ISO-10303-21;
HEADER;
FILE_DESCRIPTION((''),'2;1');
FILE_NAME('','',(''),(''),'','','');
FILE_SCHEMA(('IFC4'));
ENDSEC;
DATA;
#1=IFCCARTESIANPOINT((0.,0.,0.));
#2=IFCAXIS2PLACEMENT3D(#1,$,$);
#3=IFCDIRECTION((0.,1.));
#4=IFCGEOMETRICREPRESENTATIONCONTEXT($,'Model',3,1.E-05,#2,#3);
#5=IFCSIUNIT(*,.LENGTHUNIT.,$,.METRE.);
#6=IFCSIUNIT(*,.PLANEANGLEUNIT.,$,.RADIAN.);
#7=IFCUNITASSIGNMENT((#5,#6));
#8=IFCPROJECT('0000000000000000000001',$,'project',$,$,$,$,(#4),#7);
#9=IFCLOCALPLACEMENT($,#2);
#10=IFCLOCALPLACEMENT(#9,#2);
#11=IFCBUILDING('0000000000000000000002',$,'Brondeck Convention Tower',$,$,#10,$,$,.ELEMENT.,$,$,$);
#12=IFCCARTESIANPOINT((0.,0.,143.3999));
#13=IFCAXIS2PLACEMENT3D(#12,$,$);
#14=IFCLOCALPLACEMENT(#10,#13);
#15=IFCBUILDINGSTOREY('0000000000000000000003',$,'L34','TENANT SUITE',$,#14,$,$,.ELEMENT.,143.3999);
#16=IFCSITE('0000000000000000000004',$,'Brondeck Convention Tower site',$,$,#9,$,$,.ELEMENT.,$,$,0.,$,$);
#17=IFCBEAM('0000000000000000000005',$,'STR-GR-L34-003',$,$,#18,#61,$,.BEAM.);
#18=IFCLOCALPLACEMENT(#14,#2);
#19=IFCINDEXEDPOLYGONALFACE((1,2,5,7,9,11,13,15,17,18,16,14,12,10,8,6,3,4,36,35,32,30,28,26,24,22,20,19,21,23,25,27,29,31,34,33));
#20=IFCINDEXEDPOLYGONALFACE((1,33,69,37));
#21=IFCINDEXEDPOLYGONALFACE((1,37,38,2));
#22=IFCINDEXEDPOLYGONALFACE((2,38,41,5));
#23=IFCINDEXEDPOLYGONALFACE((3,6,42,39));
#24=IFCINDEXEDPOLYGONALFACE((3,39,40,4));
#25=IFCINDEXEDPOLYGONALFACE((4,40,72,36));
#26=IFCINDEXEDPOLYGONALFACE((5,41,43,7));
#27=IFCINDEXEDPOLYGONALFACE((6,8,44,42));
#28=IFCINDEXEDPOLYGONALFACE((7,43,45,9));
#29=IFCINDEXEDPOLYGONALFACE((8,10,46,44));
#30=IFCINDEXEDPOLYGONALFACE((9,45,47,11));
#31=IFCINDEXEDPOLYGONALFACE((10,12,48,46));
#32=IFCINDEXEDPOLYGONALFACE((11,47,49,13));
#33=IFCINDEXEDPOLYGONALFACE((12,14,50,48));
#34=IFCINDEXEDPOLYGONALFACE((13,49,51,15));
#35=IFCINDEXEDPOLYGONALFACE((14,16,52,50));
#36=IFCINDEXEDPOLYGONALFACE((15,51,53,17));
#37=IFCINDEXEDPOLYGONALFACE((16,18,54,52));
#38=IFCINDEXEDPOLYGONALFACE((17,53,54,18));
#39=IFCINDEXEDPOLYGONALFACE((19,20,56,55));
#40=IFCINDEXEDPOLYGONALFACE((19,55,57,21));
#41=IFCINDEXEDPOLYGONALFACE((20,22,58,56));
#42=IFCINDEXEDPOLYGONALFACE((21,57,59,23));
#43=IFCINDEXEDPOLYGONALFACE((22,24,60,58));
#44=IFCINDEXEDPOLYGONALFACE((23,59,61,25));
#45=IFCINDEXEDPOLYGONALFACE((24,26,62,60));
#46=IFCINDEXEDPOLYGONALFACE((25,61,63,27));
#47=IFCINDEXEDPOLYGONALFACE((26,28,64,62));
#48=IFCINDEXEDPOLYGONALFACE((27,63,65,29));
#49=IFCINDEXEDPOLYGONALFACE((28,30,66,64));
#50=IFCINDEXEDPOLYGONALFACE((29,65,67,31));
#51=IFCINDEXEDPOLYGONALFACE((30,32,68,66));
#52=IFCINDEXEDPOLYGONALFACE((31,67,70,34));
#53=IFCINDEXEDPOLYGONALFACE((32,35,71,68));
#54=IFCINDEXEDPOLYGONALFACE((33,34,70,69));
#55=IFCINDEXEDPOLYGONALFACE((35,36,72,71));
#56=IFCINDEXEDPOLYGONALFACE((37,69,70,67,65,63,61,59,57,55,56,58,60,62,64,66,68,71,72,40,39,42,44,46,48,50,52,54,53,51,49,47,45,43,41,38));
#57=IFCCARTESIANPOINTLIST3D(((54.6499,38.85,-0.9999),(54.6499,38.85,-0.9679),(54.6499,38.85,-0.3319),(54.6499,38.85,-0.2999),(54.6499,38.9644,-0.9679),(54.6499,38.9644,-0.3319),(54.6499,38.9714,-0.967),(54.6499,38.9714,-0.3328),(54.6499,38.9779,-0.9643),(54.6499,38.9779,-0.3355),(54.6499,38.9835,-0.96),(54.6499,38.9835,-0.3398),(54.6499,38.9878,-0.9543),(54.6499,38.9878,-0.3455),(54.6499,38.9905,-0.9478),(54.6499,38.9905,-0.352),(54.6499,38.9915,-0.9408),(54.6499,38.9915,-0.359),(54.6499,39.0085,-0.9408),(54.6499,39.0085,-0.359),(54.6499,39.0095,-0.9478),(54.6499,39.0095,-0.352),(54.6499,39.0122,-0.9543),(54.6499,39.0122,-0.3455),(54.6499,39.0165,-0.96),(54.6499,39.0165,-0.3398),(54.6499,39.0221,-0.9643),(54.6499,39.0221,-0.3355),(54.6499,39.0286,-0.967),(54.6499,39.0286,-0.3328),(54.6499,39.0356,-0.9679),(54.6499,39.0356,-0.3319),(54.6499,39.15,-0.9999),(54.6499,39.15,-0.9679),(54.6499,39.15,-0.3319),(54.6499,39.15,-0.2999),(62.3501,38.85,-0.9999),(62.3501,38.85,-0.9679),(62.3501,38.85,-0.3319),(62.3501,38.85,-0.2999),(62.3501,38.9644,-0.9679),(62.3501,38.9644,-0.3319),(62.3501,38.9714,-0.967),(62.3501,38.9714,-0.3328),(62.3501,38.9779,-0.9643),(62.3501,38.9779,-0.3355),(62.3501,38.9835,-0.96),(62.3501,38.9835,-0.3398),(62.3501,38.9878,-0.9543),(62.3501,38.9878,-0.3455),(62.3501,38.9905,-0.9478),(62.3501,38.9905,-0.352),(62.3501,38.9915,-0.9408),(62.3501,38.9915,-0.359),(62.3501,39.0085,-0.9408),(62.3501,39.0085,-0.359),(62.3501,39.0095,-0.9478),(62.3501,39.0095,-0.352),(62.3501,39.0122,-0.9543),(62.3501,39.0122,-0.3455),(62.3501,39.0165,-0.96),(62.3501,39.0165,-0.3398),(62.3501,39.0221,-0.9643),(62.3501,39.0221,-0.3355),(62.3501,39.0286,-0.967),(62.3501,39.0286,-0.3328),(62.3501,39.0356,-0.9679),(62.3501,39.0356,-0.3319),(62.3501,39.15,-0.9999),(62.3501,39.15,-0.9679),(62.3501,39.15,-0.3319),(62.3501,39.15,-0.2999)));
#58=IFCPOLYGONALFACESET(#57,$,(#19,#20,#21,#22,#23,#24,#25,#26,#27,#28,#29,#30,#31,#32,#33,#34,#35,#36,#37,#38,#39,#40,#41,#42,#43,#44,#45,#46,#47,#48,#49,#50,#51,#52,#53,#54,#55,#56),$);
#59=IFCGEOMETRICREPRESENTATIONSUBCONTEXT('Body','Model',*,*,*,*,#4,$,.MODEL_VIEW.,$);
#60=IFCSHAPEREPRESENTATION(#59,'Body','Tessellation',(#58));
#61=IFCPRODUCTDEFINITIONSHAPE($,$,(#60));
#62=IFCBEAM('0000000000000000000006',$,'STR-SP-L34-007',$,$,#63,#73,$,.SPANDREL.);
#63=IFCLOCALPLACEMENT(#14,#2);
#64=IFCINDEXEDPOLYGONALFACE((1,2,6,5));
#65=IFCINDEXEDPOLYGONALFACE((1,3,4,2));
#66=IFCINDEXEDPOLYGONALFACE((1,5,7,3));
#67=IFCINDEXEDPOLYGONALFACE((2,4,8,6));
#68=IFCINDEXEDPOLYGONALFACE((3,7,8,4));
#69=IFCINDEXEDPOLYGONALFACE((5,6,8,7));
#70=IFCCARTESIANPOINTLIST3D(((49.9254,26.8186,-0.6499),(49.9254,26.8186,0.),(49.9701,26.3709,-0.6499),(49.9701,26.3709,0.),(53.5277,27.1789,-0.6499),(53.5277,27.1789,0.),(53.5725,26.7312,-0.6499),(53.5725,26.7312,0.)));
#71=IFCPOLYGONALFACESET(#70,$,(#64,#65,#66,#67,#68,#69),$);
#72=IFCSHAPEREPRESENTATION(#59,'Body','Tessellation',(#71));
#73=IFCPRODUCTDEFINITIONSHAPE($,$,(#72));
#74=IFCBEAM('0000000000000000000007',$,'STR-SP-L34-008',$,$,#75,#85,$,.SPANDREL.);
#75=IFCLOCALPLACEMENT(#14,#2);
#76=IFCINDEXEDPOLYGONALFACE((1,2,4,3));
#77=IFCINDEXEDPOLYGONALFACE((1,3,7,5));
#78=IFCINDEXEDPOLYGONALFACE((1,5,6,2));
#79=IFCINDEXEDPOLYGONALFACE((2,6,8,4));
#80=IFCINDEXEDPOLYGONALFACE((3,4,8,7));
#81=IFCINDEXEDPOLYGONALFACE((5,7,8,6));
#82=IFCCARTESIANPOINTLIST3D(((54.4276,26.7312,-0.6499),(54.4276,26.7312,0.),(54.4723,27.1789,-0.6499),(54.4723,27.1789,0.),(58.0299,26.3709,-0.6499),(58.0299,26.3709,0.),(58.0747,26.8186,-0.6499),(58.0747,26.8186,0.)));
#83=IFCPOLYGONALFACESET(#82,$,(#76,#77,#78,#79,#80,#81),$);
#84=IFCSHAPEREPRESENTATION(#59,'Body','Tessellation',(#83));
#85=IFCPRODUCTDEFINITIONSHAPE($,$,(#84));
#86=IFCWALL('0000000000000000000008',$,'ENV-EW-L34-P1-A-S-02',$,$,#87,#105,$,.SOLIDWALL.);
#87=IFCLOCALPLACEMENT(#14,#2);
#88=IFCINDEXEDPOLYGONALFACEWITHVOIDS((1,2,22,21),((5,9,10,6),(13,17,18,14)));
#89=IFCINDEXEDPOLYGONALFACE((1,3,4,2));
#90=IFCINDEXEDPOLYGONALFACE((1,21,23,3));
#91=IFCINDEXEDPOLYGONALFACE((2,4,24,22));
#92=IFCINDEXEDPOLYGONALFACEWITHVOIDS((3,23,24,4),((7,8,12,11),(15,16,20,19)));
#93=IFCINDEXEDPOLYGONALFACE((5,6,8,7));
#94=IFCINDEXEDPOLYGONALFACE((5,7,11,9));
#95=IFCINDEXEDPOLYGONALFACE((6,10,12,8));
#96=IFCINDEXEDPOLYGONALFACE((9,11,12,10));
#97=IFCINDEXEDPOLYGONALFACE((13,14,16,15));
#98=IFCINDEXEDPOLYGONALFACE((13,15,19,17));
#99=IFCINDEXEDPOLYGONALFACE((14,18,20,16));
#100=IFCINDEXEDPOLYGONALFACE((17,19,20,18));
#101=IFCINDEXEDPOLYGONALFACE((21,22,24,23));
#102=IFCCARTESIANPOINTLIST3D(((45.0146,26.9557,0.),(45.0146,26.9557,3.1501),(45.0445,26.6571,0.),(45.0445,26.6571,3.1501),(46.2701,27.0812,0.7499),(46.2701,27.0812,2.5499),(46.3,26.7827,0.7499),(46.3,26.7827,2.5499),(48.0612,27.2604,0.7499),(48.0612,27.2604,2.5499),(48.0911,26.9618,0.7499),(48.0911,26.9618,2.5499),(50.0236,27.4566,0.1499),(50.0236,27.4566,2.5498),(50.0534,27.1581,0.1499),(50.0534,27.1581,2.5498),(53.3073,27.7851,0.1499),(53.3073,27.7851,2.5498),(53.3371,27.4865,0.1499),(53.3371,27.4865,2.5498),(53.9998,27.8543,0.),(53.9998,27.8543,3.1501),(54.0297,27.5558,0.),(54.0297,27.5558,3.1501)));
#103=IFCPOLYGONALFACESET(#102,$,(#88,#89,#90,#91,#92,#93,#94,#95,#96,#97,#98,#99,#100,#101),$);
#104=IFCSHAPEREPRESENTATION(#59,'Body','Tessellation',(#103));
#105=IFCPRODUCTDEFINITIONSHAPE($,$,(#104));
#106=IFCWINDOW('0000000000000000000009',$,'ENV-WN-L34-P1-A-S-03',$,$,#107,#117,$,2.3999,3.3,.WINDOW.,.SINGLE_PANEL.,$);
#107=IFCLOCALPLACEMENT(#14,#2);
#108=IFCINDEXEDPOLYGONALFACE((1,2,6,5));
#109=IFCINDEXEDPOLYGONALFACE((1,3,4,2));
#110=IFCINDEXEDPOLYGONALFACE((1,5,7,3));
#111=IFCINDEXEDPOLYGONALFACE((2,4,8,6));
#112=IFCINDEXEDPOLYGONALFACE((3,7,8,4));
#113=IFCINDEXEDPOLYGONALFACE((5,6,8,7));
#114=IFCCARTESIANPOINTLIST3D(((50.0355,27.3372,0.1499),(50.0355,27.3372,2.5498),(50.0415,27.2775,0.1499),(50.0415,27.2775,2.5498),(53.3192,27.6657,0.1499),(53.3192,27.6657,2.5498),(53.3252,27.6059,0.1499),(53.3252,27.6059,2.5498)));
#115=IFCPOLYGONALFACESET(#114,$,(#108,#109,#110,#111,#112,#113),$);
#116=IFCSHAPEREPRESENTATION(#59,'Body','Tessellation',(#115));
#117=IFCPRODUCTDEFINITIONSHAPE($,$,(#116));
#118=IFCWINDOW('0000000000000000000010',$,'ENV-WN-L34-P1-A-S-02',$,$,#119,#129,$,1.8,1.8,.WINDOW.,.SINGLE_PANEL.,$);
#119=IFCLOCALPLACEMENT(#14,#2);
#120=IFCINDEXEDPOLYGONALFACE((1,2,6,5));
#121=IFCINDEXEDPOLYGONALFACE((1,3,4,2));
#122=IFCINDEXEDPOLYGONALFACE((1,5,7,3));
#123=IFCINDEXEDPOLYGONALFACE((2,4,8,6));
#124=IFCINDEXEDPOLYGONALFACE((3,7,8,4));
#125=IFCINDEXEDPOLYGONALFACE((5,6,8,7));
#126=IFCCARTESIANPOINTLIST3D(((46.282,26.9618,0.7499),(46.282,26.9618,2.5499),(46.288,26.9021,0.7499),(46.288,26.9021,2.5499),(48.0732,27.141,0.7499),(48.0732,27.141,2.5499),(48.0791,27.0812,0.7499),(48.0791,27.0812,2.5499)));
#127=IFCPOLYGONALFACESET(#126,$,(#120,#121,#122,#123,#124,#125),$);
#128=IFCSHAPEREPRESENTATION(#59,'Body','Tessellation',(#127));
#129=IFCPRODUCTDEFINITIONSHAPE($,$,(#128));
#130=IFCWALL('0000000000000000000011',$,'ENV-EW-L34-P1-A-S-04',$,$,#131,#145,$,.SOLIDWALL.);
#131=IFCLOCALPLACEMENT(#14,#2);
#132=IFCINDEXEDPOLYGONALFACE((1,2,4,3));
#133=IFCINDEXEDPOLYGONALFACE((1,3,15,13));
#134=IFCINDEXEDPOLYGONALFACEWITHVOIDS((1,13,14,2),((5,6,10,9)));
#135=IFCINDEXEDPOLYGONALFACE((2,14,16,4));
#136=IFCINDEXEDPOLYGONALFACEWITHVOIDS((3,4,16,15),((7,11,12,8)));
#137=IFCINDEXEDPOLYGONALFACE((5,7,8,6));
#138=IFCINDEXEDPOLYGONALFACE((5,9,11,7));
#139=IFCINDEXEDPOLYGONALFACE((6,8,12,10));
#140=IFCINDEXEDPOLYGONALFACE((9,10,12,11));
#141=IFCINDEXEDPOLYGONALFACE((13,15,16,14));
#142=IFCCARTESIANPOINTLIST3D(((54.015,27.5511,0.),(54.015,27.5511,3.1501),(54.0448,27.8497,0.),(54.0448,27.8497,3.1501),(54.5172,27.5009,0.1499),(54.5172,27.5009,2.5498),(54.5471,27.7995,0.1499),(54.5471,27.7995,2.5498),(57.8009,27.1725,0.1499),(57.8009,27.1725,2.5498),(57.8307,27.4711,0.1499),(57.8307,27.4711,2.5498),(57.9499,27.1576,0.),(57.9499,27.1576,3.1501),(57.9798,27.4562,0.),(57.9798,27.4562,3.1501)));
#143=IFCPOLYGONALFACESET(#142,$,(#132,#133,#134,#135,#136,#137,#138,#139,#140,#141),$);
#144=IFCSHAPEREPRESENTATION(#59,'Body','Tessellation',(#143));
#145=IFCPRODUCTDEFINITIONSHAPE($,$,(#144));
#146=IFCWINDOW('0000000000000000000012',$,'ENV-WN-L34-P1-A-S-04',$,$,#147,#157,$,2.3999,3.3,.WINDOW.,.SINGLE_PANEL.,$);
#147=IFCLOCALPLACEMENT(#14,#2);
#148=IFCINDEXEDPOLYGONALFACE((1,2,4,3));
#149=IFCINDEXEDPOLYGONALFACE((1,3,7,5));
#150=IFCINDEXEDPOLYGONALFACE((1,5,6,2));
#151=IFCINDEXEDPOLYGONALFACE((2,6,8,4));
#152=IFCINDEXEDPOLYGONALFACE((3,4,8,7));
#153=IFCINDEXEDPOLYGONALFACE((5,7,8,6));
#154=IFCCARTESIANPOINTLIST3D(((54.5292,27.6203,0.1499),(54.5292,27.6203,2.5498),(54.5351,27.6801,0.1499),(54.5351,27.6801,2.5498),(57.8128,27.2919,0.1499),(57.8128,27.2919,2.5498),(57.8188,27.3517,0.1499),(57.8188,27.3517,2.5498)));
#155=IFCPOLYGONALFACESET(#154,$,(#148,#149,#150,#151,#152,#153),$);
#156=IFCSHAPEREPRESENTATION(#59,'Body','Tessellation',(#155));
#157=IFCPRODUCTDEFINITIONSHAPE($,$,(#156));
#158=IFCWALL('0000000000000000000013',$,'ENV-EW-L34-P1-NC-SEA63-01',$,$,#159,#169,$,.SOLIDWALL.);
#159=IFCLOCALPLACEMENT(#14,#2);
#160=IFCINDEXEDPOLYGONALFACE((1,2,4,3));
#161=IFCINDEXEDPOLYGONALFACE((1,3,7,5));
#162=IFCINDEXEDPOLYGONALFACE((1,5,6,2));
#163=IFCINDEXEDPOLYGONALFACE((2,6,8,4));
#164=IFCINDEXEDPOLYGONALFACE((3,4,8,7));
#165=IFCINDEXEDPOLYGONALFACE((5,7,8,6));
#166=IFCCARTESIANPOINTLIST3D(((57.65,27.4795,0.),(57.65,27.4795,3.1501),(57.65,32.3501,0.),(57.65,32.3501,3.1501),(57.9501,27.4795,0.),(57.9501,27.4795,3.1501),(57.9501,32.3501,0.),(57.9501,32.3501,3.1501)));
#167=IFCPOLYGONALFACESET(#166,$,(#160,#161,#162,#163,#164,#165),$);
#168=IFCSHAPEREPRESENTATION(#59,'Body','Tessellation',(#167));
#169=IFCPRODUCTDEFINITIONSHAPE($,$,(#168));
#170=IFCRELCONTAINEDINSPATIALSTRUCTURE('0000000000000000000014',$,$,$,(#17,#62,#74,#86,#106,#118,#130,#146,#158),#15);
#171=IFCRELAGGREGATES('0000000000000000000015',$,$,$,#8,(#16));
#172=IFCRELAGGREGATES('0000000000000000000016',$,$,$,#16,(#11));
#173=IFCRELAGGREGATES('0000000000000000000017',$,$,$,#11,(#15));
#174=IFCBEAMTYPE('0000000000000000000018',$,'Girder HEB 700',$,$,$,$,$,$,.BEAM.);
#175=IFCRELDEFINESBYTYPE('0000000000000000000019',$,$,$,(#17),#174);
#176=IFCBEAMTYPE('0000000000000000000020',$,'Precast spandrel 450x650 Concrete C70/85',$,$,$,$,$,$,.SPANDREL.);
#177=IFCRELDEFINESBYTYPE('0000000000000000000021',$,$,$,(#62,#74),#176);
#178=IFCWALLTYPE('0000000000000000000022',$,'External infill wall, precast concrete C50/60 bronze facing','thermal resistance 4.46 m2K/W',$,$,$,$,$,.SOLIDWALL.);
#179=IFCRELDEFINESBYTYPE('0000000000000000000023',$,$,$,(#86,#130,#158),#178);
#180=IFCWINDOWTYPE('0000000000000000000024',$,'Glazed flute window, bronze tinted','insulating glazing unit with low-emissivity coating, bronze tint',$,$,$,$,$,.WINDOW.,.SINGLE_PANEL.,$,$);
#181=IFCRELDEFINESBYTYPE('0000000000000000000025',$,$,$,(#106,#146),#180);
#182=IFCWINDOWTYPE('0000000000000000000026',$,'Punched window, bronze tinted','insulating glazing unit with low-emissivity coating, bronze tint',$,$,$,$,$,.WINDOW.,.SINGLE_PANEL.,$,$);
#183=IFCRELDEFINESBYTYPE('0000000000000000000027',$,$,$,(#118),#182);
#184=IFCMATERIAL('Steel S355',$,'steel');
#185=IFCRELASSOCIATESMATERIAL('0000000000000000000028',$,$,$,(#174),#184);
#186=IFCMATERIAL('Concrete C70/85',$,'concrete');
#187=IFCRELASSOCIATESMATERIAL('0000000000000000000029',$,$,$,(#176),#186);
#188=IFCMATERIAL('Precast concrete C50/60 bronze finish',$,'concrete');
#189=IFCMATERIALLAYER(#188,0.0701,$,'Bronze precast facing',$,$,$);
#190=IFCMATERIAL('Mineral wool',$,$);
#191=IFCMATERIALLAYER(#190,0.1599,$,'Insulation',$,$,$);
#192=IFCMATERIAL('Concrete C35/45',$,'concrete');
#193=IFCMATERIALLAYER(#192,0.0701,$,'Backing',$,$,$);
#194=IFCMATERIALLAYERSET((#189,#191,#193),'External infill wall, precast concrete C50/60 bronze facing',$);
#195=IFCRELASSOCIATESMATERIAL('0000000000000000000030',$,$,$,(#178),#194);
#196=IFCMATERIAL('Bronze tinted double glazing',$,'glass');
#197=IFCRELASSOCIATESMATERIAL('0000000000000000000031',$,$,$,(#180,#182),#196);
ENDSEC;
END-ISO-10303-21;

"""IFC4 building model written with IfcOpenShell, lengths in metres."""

from ifc_helpers import new_model, si_unit, direction, frame, frame_2d, origin, origin_2d, place, context, subcontext, project, spatial, rectangle, i_section, extrude, material, layer, layer_set, material_profile, profile_set, type_object, element, fill, save


model = new_model("IFC4")

# Units and contexts
model_context = context("Model", 3, precision=1e-05, world=origin(), true_north=direction((0.0, 1.0)))
body_context = subcontext(model_context, "Body", "Model", "MODEL_VIEW")
ifc_project = project(units=[si_unit("LENGTHUNIT", "METRE"), si_unit("PLANEANGLEUNIT", "RADIAN")], contexts=[model_context])

# Site, building, storey
site_placement = place(None, origin())
site = spatial("IfcSite", under=ifc_project, at=site_placement, Name="Brondeck Convention Tower site", CompositionType="ELEMENT", RefElevation=0.0)
building_placement = place(site_placement, origin())
building = spatial("IfcBuilding", under=site, at=building_placement, Name="Brondeck Convention Tower", CompositionType="ELEMENT")
storey_placement = place(building_placement, frame((0.0, 0.0, 143.3999)))
storey = spatial("IfcBuildingStorey", under=building, at=storey_placement, Name="L34", Description="TENANT SUITE", CompositionType="ELEMENT", Elevation=143.3999)

# Shared definitions
ifc_material_1 = material(Name="Concrete C70/85", Category="concrete")

# Beams
ifc_material_2 = material(Name="Steel S355", Category="steel")
ifc_material_profile_1 = material_profile(ifc_material_2, i_section(OverallWidth=0.3, OverallDepth=0.7, WebThickness=0.0171, FlangeThickness=0.032, FilletRadius=0.0271, at=origin_2d()), Name="HEB 700")
ifc_profile_set_1 = profile_set([ifc_material_profile_1], Name="Steel S355")
beam_type_1 = type_object("IfcBeamType", Name="Girder HEB 700", PredefinedType="BEAM", material=ifc_profile_set_1)
for number, where, z_axis, x_axis, name in (
    (1, (54.6499, 39.0, -0.6499), (1.0, 0.0, 0.0), (0.0, 1.0, 0.0), "STR-GR-L34-003"),
):
    element("IfcBeam", number, at=place(storey_placement, frame(where, z_axis=z_axis, x_axis=x_axis)), inside=storey, type_object=beam_type_1, Name=name, PredefinedType="BEAM", context=body_context, shape_type="SweptSolid", body=[
        extrude(i_section(OverallWidth=0.3, OverallDepth=0.7, WebThickness=0.0171, FlangeThickness=0.032, FilletRadius=0.0271, at=origin_2d()), origin(), (0.0, 0.0, 1.0), 7.7002),
    ])
ifc_material_profile_2 = material_profile(ifc_material_1, rectangle(XDim=0.45, YDim=0.6499, at=origin_2d()), Name="Precast spandrel 450x650 Concrete C70/85")
ifc_profile_set_2 = profile_set([ifc_material_profile_2], Name="Concrete C70/85")
beam_type_2 = type_object("IfcBeamType", Name="Precast spandrel 450x650 Concrete C70/85", PredefinedType="SPANDREL", material=ifc_profile_set_2)
for number, where, z_axis, x_axis, name in (
    (2, (49.9478, 26.5947, -0.325), (0.995034, 0.099537, 0.0), (-0.099537, 0.995034, 0.0), "STR-SP-L34-007"),
    (3, (54.45, 26.9551, -0.325), (0.995034, -0.099537, 0.0), (0.099537, 0.995034, 0.0), "STR-SP-L34-008"),
):
    element("IfcBeam", number, at=place(storey_placement, frame(where, z_axis=z_axis, x_axis=x_axis)), inside=storey, type_object=beam_type_2, Name=name, PredefinedType="SPANDREL", context=body_context, shape_type="SweptSolid", body=[
        extrude(rectangle(XDim=0.45, YDim=0.6499, at=origin_2d()), origin(), (0.0, 0.0, 1.0), 3.6204),
    ])

# Wall, openings, windows
ifc_material_3 = material(Name="Precast concrete C50/60 bronze finish", Category="concrete")
ifc_layer_1 = layer(ifc_material_3, 0.0701, Name="Bronze precast facing")
ifc_material_4 = material(Name="Mineral wool")
ifc_layer_2 = layer(ifc_material_4, 0.1599, Name="Insulation")
ifc_material_5 = material(Name="Concrete C35/45", Category="concrete")
ifc_layer_3 = layer(ifc_material_5, 0.0701, Name="Backing")
ifc_layer_set_1 = layer_set([ifc_layer_1, ifc_layer_2, ifc_layer_3], Name="External infill wall, precast concrete C50/60 bronze facing")
wall_type_1 = type_object("IfcWallType", Name="External infill wall, precast concrete C50/60 bronze facing", Description="thermal resistance 4.46 m2K/W", PredefinedType="SOLIDWALL", material=ifc_layer_set_1)
wall_1_placement = place(storey_placement, frame((54.0149, 27.7051, 0.0), z_axis=(0.0, 0.0, 1.0), x_axis=(-0.995035, -0.099522, 0.0)))
wall_1 = element("IfcWall", 4, at=wall_1_placement, inside=storey, type_object=wall_type_1, Name="ENV-EW-L34-P1-A-S-02", PredefinedType="SOLIDWALL", context=body_context, shape_type="SweptSolid", body=[
    extrude(rectangle(XDim=9.03, YDim=0.3, at=frame_2d((4.5151, 0.0))), origin(), (0.0, 0.0, 1.0), 3.1501),
])
opening_1_placement = place(wall_1_placement, frame((0.6963, 0.0, 0.1499)))
opening_1 = element("IfcOpeningElement", 5, at=opening_1_placement, cuts=wall_1, PredefinedType="OPENING", context=body_context, shape_type="SweptSolid", body=[
    extrude(rectangle(XDim=3.3, YDim=2.3999, at=frame_2d((1.6499, 1.2))), frame((0.0, 0.1599, 0.0), z_axis=(0.0, -1.0, 0.0), x_axis=(1.0, 0.0, 0.0)), (0.0, 0.0, 1.0), 0.3201),
])
opening_2_placement = place(wall_1_placement, frame((5.9685, 0.0, 0.75)))
opening_2 = element("IfcOpeningElement", 6, at=opening_2_placement, cuts=wall_1, PredefinedType="OPENING", context=body_context, shape_type="SweptSolid", body=[
    extrude(rectangle(XDim=1.8, YDim=1.8, at=frame_2d((0.8999, 0.8999))), frame((0.0, 0.1599, 0.0), z_axis=(0.0, -1.0, 0.0), x_axis=(1.0, 0.0, 0.0)), (0.0, 0.0, 1.0), 0.3201),
])
ifc_material_6 = material(Name="Bronze tinted double glazing", Category="glass")
window_type_1 = type_object("IfcWindowType", Name="Glazed flute window, bronze tinted", Description="insulating glazing unit with low-emissivity coating, bronze tint", PartitioningType="SINGLE_PANEL", PredefinedType="WINDOW", material=ifc_material_6)
window_1_placement = place(opening_1_placement, origin())
window_1 = element("IfcWindow", 7, at=window_1_placement, inside=storey, type_object=window_type_1, Name="ENV-WN-L34-P1-A-S-03", OverallHeight=2.3999, OverallWidth=3.3, PartitioningType="SINGLE_PANEL", PredefinedType="WINDOW", context=body_context, shape_type="SweptSolid", body=[
    extrude(rectangle(XDim=3.3, YDim=2.3999, at=frame_2d((1.6499, 1.2))), frame((0.0, 0.03, 0.0), z_axis=(0.0, -1.0, 0.0), x_axis=(1.0, 0.0, 0.0)), (0.0, 0.0, 1.0), 0.0601),
])
fill(opening_1, window_1)
window_type_2 = type_object("IfcWindowType", Name="Punched window, bronze tinted", Description="insulating glazing unit with low-emissivity coating, bronze tint", PartitioningType="SINGLE_PANEL", PredefinedType="WINDOW", material=ifc_material_6)
window_2_placement = place(opening_2_placement, origin())
window_2 = element("IfcWindow", 8, at=window_2_placement, inside=storey, type_object=window_type_2, Name="ENV-WN-L34-P1-A-S-02", OverallHeight=1.8, OverallWidth=1.8, PartitioningType="SINGLE_PANEL", PredefinedType="WINDOW", context=body_context, shape_type="SweptSolid", body=[
    extrude(rectangle(XDim=1.8, YDim=1.8, at=frame_2d((0.8999, 0.8999))), frame((0.0, 0.03, 0.0), z_axis=(0.0, -1.0, 0.0), x_axis=(1.0, 0.0, 0.0)), (0.0, 0.0, 1.0), 0.0601),
])
fill(opening_2, window_2)

# Wall, opening, window
wall_2_placement = place(storey_placement, frame((57.9648, 27.3069, 0.0), z_axis=(0.0, 0.0, 1.0), x_axis=(-0.995036, 0.099516, 0.0)))
wall_2 = element("IfcWall", 9, at=wall_2_placement, inside=storey, type_object=wall_type_1, Name="ENV-EW-L34-P1-A-S-04", PredefinedType="SOLIDWALL", context=body_context, shape_type="SweptSolid", body=[
    extrude(rectangle(XDim=3.9546, YDim=0.3, at=frame_2d((1.9773, 0.0))), origin(), (0.0, 0.0, 1.0), 3.1501),
])
opening_3_placement = place(wall_2_placement, frame((0.1499, 0.0, 0.1499)))
opening_3 = element("IfcOpeningElement", 10, at=opening_3_placement, cuts=wall_2, PredefinedType="OPENING", context=body_context, shape_type="SweptSolid", body=[
    extrude(rectangle(XDim=3.3, YDim=2.3999, at=frame_2d((1.6499, 1.2))), frame((0.0, 0.1599, 0.0), z_axis=(0.0, -1.0, 0.0), x_axis=(1.0, 0.0, 0.0)), (0.0, 0.0, 1.0), 0.3201),
])
window_3_placement = place(opening_3_placement, origin())
window_3 = element("IfcWindow", 11, at=window_3_placement, inside=storey, type_object=window_type_1, Name="ENV-WN-L34-P1-A-S-04", OverallHeight=2.3999, OverallWidth=3.3, PartitioningType="SINGLE_PANEL", PredefinedType="WINDOW", context=body_context, shape_type="SweptSolid", body=[
    extrude(rectangle(XDim=3.3, YDim=2.3999, at=frame_2d((1.6499, 1.2))), frame((0.0, 0.03, 0.0), z_axis=(0.0, -1.0, 0.0), x_axis=(1.0, 0.0, 0.0)), (0.0, 0.0, 1.0), 0.0601),
])
fill(opening_3, window_3)

# Wall
wall_3_placement = place(storey_placement, frame((57.8, 32.3501, 0.0), z_axis=(0.0, 0.0, 1.0), x_axis=(0.0, -1.0, 0.0)))
element("IfcWall", 12, at=wall_3_placement, inside=storey, type_object=wall_type_1, Name="ENV-EW-L34-P1-NC-SEA63-01", PredefinedType="SOLIDWALL", context=body_context, shape_type="SweptSolid", body=[
    extrude(rectangle(XDim=4.8706, YDim=0.3, at=frame_2d((2.4353, 0.0))), origin(), (0.0, 0.0, 1.0), 3.1501),
])

save(model, "model.ifc")
